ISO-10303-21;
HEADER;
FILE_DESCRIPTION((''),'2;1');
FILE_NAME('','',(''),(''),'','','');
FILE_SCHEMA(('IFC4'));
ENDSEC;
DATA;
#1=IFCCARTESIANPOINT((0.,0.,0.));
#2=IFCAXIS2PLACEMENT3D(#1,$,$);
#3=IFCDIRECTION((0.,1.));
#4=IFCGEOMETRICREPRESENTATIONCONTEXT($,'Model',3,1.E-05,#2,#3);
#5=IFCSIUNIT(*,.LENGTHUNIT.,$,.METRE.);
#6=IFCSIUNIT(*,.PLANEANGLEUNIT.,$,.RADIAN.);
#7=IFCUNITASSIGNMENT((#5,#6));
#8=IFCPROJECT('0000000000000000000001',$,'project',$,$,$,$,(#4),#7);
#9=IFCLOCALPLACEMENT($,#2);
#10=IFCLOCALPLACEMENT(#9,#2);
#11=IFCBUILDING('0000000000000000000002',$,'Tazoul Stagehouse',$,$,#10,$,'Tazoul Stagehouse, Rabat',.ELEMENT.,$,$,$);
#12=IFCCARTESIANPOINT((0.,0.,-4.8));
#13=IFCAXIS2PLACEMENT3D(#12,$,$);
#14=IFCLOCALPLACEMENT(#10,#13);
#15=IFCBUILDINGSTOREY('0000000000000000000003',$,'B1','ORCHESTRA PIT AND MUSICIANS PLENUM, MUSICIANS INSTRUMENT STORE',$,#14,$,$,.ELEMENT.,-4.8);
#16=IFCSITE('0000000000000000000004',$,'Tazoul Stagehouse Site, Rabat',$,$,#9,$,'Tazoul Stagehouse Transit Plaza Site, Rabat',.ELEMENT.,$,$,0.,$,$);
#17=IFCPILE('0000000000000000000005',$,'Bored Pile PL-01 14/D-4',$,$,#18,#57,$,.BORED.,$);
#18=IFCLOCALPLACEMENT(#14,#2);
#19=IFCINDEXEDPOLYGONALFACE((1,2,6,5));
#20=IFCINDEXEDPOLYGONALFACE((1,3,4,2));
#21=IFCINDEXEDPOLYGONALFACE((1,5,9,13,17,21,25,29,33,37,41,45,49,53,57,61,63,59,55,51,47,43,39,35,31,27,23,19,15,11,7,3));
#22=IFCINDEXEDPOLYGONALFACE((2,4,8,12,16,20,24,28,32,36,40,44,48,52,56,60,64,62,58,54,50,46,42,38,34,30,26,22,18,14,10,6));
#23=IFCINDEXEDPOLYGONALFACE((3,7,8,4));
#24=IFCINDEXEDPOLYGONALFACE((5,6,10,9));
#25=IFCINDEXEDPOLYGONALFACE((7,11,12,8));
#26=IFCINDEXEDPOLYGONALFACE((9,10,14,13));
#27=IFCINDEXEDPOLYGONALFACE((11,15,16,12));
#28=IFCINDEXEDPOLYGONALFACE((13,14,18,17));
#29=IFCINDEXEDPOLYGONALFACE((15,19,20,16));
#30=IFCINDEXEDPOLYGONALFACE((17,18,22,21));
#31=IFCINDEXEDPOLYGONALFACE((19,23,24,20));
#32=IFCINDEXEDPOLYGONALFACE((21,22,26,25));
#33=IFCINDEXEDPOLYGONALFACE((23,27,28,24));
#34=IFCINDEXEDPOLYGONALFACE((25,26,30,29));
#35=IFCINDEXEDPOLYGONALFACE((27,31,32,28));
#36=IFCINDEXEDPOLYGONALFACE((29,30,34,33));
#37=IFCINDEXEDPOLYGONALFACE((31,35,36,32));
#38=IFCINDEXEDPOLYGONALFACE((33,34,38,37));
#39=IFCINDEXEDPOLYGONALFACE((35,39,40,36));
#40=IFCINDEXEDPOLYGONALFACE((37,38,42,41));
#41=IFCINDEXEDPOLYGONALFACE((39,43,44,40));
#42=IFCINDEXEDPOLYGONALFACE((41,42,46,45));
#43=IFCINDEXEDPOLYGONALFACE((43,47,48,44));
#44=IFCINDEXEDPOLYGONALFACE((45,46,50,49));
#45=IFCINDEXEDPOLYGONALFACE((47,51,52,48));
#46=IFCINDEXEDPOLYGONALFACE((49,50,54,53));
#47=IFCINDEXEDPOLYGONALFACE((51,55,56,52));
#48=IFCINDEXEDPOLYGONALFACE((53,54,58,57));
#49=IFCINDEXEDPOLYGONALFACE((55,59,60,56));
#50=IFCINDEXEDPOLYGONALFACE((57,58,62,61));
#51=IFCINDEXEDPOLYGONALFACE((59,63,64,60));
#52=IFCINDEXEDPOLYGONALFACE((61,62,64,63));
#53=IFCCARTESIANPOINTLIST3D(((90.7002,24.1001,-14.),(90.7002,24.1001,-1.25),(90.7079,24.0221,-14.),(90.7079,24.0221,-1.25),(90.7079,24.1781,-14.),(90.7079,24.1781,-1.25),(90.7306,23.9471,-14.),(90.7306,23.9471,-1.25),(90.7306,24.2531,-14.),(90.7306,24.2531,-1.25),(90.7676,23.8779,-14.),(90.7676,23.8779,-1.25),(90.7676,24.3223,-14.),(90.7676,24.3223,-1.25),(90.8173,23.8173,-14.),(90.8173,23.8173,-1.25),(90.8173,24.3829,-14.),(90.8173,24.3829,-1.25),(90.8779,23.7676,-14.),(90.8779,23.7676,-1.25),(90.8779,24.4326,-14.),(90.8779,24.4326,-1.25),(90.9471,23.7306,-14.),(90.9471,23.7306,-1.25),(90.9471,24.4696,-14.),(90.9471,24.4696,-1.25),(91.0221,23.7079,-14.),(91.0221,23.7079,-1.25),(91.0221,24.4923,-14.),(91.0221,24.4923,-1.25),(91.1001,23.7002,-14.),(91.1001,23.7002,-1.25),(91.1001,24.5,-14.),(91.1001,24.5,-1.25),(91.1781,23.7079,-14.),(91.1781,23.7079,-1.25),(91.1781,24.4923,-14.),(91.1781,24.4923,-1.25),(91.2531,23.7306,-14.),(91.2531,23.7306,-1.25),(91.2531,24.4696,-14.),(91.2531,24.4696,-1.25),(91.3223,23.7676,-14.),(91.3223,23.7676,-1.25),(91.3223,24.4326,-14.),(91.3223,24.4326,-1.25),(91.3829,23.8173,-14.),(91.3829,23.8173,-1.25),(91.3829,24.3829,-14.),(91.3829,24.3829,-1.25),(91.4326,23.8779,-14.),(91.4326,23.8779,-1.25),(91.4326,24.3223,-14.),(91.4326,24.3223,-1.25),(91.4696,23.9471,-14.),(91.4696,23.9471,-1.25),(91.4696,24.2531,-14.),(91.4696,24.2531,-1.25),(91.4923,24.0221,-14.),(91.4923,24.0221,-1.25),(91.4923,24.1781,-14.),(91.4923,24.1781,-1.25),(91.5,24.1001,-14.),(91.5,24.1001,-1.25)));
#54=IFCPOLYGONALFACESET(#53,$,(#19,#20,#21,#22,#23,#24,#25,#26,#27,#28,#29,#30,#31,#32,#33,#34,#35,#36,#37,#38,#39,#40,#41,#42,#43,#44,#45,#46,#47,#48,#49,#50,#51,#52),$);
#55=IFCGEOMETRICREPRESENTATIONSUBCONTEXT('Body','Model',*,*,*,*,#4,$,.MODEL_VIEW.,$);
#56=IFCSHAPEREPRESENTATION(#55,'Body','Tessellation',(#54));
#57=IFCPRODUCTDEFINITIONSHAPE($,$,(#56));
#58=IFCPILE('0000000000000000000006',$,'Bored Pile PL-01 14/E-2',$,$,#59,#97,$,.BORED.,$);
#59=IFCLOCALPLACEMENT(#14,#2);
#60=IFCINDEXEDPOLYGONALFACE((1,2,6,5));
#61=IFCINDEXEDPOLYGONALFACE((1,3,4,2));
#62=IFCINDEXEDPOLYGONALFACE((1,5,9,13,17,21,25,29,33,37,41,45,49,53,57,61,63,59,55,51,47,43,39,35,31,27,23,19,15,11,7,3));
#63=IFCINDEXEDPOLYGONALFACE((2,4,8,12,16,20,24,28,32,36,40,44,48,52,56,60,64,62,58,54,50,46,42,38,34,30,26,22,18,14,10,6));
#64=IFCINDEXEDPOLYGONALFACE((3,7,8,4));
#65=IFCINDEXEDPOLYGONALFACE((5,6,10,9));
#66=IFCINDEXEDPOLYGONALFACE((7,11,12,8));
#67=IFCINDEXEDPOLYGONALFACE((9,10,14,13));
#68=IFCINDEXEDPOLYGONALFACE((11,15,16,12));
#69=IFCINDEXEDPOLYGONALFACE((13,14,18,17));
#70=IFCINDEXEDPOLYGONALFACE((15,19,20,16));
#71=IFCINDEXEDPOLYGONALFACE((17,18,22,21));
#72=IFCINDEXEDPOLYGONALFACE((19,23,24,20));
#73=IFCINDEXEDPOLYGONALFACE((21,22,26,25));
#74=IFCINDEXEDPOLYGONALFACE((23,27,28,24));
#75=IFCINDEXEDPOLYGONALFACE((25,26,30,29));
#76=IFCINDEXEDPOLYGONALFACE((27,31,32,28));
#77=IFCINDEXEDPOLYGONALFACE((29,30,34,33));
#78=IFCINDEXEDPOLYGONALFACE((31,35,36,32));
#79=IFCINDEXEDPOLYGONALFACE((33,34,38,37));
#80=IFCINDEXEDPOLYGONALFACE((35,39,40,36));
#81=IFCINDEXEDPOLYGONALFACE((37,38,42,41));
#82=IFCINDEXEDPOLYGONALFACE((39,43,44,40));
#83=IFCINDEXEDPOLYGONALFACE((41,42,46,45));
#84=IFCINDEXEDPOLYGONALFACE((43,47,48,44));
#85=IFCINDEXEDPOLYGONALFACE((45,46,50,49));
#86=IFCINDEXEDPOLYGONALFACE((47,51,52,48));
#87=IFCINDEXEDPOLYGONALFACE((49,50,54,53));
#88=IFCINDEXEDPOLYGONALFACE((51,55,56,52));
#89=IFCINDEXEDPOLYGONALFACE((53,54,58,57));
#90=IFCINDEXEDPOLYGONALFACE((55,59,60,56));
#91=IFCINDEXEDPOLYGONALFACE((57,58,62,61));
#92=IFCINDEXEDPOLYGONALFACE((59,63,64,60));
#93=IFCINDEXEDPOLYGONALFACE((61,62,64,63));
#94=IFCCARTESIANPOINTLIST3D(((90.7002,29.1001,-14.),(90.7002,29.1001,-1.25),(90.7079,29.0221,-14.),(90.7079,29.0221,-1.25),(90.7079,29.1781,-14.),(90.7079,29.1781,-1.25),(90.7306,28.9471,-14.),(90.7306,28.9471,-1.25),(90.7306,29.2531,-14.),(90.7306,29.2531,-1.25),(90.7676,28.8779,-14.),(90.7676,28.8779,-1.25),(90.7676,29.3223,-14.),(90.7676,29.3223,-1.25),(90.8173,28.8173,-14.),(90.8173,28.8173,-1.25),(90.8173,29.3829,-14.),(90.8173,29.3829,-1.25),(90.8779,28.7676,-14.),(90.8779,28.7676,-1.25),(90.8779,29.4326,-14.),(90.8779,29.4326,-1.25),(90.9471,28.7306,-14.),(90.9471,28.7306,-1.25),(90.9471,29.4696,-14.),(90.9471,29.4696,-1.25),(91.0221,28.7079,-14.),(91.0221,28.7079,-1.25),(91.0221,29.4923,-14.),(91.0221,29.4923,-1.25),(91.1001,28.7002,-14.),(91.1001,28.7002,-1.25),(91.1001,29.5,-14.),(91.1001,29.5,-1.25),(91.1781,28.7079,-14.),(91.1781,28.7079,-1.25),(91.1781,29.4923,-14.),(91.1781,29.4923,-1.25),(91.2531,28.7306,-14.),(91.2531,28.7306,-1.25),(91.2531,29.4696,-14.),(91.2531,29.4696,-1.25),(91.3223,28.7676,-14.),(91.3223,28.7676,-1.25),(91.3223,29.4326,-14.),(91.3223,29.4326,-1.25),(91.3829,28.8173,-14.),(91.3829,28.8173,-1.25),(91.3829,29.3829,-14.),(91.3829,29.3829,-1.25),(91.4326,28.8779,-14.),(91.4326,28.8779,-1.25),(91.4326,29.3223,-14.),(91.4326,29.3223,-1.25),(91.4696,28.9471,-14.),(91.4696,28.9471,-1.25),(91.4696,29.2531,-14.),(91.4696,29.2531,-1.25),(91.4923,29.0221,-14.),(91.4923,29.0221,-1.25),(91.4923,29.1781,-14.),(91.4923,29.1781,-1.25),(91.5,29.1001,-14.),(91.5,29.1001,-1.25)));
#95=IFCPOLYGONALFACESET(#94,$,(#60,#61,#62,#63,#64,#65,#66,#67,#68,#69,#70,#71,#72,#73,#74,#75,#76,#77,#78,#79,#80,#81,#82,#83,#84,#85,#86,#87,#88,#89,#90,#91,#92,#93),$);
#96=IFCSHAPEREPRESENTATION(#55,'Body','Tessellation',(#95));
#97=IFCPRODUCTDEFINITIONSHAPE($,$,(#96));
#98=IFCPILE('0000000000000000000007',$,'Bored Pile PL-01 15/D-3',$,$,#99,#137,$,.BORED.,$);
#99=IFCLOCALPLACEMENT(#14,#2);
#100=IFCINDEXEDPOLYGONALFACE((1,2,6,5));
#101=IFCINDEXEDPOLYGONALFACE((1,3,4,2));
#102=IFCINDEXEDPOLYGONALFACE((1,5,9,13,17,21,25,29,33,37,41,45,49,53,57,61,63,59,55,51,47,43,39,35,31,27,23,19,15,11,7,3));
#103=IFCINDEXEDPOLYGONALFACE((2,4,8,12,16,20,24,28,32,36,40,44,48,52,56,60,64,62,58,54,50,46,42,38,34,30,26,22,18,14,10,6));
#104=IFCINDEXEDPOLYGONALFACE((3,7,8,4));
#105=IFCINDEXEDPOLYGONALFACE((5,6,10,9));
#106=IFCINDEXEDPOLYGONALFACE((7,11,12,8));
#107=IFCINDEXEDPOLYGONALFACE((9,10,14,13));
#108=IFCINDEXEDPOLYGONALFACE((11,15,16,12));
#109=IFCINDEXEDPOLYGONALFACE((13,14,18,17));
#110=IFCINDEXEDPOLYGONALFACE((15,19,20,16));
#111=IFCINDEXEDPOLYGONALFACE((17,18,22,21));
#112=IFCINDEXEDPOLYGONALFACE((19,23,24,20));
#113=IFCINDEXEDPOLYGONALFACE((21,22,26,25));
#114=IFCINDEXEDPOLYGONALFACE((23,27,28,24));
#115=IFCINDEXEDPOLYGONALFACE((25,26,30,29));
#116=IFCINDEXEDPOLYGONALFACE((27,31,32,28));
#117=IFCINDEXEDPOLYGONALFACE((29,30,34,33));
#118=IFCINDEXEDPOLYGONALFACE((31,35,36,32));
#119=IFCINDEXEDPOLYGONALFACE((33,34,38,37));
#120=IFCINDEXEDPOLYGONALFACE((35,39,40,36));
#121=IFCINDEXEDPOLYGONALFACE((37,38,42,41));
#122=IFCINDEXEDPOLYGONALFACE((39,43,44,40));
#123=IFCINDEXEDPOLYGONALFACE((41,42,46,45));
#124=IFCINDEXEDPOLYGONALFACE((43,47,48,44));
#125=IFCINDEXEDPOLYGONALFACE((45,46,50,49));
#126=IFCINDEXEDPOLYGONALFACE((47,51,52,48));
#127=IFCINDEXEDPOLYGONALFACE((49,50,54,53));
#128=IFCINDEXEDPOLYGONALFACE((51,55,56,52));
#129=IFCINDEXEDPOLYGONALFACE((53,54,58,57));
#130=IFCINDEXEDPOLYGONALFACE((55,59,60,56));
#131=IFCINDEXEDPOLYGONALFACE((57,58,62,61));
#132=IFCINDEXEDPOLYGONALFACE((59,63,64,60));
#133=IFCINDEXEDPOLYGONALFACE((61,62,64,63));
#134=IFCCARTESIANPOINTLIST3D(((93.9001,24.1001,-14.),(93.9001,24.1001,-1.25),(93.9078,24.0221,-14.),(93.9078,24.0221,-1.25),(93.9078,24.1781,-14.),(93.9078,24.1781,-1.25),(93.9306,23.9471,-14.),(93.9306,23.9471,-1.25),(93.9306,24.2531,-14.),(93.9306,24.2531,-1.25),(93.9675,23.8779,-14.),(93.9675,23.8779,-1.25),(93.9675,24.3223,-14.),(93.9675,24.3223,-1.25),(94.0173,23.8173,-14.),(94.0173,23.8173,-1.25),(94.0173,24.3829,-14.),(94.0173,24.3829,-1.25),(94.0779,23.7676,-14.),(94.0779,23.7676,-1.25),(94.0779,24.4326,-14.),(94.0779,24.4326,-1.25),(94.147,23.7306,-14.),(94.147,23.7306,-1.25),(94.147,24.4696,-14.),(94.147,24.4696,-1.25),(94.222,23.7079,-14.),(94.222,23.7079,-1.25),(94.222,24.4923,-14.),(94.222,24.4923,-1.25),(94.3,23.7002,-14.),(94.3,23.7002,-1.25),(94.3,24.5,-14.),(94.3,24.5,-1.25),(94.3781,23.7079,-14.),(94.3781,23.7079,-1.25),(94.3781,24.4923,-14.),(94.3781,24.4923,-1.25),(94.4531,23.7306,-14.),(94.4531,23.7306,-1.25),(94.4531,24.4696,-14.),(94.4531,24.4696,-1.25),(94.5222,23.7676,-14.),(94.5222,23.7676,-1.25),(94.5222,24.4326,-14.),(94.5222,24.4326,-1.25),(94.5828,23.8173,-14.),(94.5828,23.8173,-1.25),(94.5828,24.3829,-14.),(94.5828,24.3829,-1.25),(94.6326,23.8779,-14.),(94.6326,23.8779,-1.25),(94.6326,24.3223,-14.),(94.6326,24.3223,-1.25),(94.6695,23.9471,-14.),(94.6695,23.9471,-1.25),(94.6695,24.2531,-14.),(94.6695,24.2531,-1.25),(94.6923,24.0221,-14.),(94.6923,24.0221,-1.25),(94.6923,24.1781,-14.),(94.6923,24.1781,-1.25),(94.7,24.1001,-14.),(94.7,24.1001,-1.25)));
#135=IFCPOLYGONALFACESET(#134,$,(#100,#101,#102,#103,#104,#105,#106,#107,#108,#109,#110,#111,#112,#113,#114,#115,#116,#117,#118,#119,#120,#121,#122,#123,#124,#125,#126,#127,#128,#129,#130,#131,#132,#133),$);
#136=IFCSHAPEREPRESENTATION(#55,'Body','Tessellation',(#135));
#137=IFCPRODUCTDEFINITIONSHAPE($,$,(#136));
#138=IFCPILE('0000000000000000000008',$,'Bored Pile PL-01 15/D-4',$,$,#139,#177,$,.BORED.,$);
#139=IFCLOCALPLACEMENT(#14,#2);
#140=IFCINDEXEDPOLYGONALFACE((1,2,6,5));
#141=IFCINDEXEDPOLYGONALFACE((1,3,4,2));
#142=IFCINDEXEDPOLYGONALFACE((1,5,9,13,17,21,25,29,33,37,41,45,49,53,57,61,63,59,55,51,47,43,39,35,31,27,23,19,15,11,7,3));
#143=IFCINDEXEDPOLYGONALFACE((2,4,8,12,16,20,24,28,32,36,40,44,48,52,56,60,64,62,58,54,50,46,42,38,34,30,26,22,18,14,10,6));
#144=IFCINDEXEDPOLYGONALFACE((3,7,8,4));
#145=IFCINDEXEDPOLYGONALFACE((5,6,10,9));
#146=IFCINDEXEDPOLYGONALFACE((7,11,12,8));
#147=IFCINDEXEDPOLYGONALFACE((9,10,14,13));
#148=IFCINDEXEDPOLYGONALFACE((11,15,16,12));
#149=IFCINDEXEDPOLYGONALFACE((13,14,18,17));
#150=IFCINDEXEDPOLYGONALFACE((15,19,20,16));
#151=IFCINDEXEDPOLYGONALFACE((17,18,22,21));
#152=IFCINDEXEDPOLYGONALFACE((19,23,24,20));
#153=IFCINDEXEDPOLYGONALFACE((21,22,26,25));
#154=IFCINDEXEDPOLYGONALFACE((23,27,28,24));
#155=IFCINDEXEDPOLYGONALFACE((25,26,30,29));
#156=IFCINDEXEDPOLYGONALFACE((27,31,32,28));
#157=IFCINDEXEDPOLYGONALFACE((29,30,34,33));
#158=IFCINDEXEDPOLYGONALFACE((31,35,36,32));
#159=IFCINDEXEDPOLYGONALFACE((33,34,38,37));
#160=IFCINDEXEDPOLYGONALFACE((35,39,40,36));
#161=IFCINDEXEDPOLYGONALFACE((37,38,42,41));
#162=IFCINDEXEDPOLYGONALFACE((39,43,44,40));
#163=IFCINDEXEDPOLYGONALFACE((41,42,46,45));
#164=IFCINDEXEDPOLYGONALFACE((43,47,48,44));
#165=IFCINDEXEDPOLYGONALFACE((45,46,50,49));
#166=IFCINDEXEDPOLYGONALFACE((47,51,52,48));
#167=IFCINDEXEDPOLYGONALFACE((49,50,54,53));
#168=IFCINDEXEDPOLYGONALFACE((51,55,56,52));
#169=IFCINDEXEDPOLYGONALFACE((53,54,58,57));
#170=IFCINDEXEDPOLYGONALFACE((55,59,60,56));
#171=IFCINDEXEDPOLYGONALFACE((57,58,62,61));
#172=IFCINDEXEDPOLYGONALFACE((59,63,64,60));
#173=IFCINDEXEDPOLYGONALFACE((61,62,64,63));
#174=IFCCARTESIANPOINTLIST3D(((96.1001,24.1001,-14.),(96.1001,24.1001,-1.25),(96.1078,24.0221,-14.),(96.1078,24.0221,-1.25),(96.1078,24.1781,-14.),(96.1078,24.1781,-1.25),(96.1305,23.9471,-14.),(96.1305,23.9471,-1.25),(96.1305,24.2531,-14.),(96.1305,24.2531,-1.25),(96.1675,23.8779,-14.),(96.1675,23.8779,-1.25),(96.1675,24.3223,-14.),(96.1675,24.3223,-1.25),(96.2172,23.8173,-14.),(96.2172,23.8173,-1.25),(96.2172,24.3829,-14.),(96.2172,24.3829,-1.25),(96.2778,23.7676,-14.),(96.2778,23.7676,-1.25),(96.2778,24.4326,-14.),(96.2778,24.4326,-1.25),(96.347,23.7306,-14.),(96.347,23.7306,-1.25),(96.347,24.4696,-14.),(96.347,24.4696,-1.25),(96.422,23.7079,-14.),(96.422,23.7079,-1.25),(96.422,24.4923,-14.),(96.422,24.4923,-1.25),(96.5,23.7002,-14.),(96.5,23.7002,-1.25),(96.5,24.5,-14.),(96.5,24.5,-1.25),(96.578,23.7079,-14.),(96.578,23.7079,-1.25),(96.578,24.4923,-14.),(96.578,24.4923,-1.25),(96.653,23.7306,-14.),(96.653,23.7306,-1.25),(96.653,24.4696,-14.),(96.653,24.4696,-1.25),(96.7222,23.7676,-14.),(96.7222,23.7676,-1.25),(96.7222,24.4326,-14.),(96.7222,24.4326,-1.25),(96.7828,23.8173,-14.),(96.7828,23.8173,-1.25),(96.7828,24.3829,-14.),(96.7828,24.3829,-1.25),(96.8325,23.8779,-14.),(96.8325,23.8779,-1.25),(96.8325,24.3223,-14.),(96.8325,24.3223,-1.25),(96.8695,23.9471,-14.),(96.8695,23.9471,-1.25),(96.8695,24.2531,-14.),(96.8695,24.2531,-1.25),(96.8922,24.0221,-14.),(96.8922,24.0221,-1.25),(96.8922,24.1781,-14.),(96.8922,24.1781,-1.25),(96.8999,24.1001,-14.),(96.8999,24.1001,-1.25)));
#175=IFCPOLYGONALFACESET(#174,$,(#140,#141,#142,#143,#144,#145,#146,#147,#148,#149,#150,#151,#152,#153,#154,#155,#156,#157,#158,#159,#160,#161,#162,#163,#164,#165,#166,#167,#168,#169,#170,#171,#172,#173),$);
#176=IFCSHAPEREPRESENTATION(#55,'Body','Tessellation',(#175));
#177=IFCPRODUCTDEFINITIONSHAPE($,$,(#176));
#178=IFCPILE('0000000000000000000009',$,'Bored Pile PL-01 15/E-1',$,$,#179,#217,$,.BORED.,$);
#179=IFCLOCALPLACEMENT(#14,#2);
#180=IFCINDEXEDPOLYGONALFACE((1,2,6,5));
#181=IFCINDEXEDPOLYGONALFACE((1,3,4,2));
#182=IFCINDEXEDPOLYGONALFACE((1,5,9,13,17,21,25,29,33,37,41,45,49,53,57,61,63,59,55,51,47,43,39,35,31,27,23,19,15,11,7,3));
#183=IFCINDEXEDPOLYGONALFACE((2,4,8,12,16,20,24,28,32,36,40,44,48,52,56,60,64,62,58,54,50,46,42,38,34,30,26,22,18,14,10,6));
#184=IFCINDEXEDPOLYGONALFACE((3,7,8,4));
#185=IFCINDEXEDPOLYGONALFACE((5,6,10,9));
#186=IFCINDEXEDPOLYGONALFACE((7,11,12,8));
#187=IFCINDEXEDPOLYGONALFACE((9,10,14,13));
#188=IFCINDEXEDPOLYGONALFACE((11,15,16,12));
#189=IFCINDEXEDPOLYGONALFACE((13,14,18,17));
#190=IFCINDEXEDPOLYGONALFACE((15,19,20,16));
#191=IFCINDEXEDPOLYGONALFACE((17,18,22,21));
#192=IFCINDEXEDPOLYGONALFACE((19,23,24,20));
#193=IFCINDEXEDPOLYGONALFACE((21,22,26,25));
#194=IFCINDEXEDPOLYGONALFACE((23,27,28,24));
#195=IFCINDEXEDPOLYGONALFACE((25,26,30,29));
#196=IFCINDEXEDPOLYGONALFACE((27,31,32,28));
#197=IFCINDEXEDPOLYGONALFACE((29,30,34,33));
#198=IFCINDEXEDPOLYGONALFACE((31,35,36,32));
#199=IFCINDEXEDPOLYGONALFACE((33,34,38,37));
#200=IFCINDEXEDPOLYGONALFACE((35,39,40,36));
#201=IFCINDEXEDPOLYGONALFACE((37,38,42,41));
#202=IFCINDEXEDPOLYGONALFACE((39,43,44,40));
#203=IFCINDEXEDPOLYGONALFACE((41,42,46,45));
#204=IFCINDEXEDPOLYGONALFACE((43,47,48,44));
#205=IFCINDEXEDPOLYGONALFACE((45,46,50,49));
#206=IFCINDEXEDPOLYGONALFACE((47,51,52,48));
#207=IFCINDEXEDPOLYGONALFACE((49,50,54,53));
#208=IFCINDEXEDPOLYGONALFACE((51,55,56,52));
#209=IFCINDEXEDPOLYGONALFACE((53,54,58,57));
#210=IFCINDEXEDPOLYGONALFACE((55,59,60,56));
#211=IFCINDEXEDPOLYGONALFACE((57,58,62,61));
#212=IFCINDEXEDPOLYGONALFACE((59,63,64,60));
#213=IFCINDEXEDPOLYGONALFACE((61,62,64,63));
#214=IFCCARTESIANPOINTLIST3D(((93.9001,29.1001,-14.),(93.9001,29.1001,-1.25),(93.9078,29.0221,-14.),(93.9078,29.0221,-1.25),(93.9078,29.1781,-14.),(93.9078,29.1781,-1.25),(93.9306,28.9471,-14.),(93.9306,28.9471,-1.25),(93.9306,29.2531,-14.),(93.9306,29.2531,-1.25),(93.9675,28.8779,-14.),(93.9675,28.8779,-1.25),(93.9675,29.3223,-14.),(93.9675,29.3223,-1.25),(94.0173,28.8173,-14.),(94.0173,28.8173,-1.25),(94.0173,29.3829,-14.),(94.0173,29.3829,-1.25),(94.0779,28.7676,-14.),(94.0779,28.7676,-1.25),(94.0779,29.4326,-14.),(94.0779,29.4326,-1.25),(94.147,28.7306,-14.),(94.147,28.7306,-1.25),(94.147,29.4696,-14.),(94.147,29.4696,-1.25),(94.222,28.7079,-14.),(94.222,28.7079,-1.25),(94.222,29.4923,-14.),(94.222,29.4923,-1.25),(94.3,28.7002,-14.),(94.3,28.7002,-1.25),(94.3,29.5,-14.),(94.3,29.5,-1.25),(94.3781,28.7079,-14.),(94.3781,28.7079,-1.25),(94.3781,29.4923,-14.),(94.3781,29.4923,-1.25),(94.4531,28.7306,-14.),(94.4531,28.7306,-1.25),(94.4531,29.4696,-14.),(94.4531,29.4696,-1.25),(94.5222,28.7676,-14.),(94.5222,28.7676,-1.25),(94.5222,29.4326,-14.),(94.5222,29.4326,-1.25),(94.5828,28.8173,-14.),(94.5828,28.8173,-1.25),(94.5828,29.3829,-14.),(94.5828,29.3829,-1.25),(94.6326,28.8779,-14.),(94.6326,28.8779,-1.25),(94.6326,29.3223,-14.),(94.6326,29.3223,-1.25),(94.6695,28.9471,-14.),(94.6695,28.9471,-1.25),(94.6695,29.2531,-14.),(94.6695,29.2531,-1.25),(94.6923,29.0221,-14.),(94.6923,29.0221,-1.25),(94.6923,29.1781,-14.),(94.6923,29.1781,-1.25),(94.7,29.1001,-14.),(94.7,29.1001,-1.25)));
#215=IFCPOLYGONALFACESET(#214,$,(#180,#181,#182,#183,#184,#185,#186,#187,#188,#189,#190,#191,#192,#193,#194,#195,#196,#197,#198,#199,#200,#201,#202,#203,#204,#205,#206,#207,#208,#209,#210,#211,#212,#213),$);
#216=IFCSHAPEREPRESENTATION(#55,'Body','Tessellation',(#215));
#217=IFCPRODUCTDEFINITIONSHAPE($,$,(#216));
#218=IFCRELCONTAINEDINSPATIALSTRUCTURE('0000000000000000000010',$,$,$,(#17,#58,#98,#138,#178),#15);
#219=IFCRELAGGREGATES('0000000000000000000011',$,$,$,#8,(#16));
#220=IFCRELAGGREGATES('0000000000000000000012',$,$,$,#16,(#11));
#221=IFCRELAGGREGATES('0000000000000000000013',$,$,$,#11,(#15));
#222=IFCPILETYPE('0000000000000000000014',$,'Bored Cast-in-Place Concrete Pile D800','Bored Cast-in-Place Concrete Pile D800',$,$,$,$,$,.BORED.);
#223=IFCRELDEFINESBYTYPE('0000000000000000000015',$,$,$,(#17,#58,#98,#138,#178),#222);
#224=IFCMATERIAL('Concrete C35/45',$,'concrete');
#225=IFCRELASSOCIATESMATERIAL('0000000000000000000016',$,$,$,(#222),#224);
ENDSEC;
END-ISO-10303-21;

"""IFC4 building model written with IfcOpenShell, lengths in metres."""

from ifc_helpers import new_model, si_unit, direction, frame, origin, origin_2d, place, context, subcontext, project, spatial, circle, extrude, material, material_profile, profile_set, type_object, element, save


model = new_model("IFC4")

# Units and contexts
model_context = context("Model", 3, precision=1e-05, world=origin(), true_north=direction((0.0, 1.0)))
body_context = subcontext(model_context, "Body", "Model", "MODEL_VIEW")
ifc_project = project(units=[si_unit("LENGTHUNIT", "METRE"), si_unit("PLANEANGLEUNIT", "RADIAN")], contexts=[model_context])

# Site, building, storey
site_placement = place(None, origin())
site = spatial("IfcSite", under=ifc_project, at=site_placement, Name="Tazoul Stagehouse Site, Rabat", LongName="Tazoul Stagehouse Transit Plaza Site, Rabat", CompositionType="ELEMENT", RefElevation=0.0)
building_placement = place(site_placement, origin())
building = spatial("IfcBuilding", under=site, at=building_placement, Name="Tazoul Stagehouse", LongName="Tazoul Stagehouse, Rabat", CompositionType="ELEMENT")
storey_placement = place(building_placement, frame((0.0, 0.0, -4.8)))
storey = spatial("IfcBuildingStorey", under=building, at=storey_placement, Name="B1", Description="ORCHESTRA PIT AND MUSICIANS PLENUM, MUSICIANS INSTRUMENT STORE", CompositionType="ELEMENT", Elevation=-4.8)

# Piles
ifc_material_1 = material(Name="Concrete C35/45", Category="concrete")
ifc_material_profile_1 = material_profile(ifc_material_1, circle(Radius=0.3999, at=origin_2d()), Name="BORED PILE 800")
ifc_profile_set_1 = profile_set([ifc_material_profile_1], Name="Concrete C35/45")
pile_type = type_object("IfcPileType", Name="Bored Cast-in-Place Concrete Pile D800", Description="Bored Cast-in-Place Concrete Pile D800", PredefinedType="BORED", material=ifc_profile_set_1)
for number, where, z_axis, x_axis, name in (
    (1, (91.1001, 24.1001, -1.25), (0.0, 0.0, -1.0), (1.0, 0.0, 0.0), "Bored Pile PL-01 14/D-4"),
    (2, (91.1001, 29.1001, -1.25), (0.0, 0.0, -1.0), (1.0, 0.0, 0.0), "Bored Pile PL-01 14/E-2"),
    (3, (94.3, 24.1001, -1.25), (0.0, 0.0, -1.0), (1.0, 0.0, 0.0), "Bored Pile PL-01 15/D-3"),
    (4, (96.5, 24.1001, -1.25), (0.0, 0.0, -1.0), (1.0, 0.0, 0.0), "Bored Pile PL-01 15/D-4"),
    (5, (94.3, 29.1001, -1.25), (0.0, 0.0, -1.0), (1.0, 0.0, 0.0), "Bored Pile PL-01 15/E-1"),
):
    element("IfcPile", number, at=place(storey_placement, frame(where, z_axis=z_axis, x_axis=x_axis)), inside=storey, type_object=pile_type, Name=name, PredefinedType="BORED", context=body_context, shape_type="SweptSolid", body=[
        extrude(circle(Radius=0.3999, at=origin_2d()), origin(), (0.0, 0.0, 1.0), 12.75),
    ])

save(model, "model.ifc")
